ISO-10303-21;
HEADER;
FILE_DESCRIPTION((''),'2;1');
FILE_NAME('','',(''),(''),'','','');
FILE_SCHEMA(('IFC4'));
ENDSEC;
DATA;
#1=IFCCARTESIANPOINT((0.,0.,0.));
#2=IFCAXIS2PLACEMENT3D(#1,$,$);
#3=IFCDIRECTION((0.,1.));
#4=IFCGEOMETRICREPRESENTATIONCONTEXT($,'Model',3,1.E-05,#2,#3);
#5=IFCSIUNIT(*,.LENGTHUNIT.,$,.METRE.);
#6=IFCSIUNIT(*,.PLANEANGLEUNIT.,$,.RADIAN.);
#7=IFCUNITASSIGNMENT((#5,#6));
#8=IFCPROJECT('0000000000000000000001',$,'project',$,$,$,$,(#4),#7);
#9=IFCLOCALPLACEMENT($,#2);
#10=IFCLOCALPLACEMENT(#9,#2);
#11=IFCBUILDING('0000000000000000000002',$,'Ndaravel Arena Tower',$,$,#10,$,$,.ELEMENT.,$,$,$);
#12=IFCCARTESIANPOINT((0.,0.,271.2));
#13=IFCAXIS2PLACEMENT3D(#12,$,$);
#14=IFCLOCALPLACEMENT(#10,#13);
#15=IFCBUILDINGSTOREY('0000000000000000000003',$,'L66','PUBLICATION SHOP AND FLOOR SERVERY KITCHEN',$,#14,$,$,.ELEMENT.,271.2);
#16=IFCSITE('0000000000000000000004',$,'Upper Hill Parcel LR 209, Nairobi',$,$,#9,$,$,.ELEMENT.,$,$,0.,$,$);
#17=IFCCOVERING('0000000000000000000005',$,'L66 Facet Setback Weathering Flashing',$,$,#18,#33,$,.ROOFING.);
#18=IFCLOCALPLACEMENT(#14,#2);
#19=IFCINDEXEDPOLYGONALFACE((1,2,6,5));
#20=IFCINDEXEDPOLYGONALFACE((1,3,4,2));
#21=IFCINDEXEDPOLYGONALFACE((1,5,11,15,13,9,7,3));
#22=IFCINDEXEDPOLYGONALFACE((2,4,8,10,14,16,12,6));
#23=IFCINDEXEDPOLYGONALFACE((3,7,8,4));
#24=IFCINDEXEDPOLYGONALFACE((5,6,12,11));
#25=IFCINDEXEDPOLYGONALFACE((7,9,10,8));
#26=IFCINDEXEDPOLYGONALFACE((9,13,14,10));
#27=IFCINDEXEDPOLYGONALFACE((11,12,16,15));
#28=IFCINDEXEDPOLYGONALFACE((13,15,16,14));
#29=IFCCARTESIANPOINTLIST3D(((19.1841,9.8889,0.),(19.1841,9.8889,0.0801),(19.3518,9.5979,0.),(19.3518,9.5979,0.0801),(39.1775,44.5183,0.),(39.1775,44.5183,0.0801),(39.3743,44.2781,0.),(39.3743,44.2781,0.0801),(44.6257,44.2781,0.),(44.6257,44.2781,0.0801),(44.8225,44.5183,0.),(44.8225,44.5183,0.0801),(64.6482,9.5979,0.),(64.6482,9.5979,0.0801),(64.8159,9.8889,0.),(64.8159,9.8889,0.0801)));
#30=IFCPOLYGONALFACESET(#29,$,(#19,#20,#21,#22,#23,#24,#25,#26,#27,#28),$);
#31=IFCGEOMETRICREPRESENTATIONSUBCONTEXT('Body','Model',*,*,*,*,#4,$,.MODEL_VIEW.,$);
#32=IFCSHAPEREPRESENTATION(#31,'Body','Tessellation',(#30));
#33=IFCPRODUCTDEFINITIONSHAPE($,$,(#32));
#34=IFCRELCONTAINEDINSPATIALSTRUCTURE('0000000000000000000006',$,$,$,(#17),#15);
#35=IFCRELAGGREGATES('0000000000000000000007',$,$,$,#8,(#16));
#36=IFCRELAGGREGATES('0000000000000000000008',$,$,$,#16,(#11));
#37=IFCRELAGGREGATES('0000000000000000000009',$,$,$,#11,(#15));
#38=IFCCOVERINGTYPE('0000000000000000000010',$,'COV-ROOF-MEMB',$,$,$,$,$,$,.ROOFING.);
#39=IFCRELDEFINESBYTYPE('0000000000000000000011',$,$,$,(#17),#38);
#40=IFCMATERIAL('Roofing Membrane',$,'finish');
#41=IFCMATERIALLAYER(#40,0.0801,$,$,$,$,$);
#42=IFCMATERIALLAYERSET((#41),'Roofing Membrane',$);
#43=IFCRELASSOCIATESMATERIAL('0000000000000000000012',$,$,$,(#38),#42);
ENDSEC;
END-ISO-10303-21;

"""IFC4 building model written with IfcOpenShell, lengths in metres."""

from ifc_helpers import new_model, si_unit, direction, frame, origin, place, context, subcontext, project, spatial, polyline, outline, extrude, material, layer, layer_set, type_object, element, save


model = new_model("IFC4")

# Units and contexts
model_context = context("Model", 3, precision=1e-05, world=origin(), true_north=direction((0.0, 1.0)))
body_context = subcontext(model_context, "Body", "Model", "MODEL_VIEW")
ifc_project = project(units=[si_unit("LENGTHUNIT", "METRE"), si_unit("PLANEANGLEUNIT", "RADIAN")], contexts=[model_context])

# Site, building, storey
site_placement = place(None, origin())
site = spatial("IfcSite", under=ifc_project, at=site_placement, Name="Upper Hill Parcel LR 209, Nairobi", CompositionType="ELEMENT", RefElevation=0.0)
building_placement = place(site_placement, origin())
building = spatial("IfcBuilding", under=site, at=building_placement, Name="Ndaravel Arena Tower", CompositionType="ELEMENT")
storey_placement = place(building_placement, frame((0.0, 0.0, 271.2)))
storey = spatial("IfcBuildingStorey", under=building, at=storey_placement, Name="L66", Description="PUBLICATION SHOP AND FLOOR SERVERY KITCHEN", CompositionType="ELEMENT", Elevation=271.2)

# Covering
ifc_material_1 = material(Name="Roofing Membrane", Category="finish")
ifc_layer_1 = layer(ifc_material_1, 0.0801)
ifc_layer_set_1 = layer_set([ifc_layer_1], Name="Roofing Membrane")
covering_type_1 = type_object("IfcCoveringType", Name="COV-ROOF-MEMB", PredefinedType="ROOFING", material=ifc_layer_set_1)
covering_1_placement = place(storey_placement, origin())
element("IfcCovering", 1, at=covering_1_placement, inside=storey, type_object=covering_type_1, Name="L66 Facet Setback Weathering Flashing", PredefinedType="ROOFING", context=body_context, shape_type="SweptSolid", body=[
    extrude(outline(polyline([(19.1841, 9.8889), (39.1775, 44.5183), (44.8225, 44.5183), (64.8159, 9.8889), (64.6482, 9.5979), (44.6257, 44.2781), (39.3743, 44.2781), (19.3518, 9.5979), (19.1841, 9.8889)])), origin(), (0.0, 0.0, 1.0), 0.0801),
])

save(model, "model.ifc")
